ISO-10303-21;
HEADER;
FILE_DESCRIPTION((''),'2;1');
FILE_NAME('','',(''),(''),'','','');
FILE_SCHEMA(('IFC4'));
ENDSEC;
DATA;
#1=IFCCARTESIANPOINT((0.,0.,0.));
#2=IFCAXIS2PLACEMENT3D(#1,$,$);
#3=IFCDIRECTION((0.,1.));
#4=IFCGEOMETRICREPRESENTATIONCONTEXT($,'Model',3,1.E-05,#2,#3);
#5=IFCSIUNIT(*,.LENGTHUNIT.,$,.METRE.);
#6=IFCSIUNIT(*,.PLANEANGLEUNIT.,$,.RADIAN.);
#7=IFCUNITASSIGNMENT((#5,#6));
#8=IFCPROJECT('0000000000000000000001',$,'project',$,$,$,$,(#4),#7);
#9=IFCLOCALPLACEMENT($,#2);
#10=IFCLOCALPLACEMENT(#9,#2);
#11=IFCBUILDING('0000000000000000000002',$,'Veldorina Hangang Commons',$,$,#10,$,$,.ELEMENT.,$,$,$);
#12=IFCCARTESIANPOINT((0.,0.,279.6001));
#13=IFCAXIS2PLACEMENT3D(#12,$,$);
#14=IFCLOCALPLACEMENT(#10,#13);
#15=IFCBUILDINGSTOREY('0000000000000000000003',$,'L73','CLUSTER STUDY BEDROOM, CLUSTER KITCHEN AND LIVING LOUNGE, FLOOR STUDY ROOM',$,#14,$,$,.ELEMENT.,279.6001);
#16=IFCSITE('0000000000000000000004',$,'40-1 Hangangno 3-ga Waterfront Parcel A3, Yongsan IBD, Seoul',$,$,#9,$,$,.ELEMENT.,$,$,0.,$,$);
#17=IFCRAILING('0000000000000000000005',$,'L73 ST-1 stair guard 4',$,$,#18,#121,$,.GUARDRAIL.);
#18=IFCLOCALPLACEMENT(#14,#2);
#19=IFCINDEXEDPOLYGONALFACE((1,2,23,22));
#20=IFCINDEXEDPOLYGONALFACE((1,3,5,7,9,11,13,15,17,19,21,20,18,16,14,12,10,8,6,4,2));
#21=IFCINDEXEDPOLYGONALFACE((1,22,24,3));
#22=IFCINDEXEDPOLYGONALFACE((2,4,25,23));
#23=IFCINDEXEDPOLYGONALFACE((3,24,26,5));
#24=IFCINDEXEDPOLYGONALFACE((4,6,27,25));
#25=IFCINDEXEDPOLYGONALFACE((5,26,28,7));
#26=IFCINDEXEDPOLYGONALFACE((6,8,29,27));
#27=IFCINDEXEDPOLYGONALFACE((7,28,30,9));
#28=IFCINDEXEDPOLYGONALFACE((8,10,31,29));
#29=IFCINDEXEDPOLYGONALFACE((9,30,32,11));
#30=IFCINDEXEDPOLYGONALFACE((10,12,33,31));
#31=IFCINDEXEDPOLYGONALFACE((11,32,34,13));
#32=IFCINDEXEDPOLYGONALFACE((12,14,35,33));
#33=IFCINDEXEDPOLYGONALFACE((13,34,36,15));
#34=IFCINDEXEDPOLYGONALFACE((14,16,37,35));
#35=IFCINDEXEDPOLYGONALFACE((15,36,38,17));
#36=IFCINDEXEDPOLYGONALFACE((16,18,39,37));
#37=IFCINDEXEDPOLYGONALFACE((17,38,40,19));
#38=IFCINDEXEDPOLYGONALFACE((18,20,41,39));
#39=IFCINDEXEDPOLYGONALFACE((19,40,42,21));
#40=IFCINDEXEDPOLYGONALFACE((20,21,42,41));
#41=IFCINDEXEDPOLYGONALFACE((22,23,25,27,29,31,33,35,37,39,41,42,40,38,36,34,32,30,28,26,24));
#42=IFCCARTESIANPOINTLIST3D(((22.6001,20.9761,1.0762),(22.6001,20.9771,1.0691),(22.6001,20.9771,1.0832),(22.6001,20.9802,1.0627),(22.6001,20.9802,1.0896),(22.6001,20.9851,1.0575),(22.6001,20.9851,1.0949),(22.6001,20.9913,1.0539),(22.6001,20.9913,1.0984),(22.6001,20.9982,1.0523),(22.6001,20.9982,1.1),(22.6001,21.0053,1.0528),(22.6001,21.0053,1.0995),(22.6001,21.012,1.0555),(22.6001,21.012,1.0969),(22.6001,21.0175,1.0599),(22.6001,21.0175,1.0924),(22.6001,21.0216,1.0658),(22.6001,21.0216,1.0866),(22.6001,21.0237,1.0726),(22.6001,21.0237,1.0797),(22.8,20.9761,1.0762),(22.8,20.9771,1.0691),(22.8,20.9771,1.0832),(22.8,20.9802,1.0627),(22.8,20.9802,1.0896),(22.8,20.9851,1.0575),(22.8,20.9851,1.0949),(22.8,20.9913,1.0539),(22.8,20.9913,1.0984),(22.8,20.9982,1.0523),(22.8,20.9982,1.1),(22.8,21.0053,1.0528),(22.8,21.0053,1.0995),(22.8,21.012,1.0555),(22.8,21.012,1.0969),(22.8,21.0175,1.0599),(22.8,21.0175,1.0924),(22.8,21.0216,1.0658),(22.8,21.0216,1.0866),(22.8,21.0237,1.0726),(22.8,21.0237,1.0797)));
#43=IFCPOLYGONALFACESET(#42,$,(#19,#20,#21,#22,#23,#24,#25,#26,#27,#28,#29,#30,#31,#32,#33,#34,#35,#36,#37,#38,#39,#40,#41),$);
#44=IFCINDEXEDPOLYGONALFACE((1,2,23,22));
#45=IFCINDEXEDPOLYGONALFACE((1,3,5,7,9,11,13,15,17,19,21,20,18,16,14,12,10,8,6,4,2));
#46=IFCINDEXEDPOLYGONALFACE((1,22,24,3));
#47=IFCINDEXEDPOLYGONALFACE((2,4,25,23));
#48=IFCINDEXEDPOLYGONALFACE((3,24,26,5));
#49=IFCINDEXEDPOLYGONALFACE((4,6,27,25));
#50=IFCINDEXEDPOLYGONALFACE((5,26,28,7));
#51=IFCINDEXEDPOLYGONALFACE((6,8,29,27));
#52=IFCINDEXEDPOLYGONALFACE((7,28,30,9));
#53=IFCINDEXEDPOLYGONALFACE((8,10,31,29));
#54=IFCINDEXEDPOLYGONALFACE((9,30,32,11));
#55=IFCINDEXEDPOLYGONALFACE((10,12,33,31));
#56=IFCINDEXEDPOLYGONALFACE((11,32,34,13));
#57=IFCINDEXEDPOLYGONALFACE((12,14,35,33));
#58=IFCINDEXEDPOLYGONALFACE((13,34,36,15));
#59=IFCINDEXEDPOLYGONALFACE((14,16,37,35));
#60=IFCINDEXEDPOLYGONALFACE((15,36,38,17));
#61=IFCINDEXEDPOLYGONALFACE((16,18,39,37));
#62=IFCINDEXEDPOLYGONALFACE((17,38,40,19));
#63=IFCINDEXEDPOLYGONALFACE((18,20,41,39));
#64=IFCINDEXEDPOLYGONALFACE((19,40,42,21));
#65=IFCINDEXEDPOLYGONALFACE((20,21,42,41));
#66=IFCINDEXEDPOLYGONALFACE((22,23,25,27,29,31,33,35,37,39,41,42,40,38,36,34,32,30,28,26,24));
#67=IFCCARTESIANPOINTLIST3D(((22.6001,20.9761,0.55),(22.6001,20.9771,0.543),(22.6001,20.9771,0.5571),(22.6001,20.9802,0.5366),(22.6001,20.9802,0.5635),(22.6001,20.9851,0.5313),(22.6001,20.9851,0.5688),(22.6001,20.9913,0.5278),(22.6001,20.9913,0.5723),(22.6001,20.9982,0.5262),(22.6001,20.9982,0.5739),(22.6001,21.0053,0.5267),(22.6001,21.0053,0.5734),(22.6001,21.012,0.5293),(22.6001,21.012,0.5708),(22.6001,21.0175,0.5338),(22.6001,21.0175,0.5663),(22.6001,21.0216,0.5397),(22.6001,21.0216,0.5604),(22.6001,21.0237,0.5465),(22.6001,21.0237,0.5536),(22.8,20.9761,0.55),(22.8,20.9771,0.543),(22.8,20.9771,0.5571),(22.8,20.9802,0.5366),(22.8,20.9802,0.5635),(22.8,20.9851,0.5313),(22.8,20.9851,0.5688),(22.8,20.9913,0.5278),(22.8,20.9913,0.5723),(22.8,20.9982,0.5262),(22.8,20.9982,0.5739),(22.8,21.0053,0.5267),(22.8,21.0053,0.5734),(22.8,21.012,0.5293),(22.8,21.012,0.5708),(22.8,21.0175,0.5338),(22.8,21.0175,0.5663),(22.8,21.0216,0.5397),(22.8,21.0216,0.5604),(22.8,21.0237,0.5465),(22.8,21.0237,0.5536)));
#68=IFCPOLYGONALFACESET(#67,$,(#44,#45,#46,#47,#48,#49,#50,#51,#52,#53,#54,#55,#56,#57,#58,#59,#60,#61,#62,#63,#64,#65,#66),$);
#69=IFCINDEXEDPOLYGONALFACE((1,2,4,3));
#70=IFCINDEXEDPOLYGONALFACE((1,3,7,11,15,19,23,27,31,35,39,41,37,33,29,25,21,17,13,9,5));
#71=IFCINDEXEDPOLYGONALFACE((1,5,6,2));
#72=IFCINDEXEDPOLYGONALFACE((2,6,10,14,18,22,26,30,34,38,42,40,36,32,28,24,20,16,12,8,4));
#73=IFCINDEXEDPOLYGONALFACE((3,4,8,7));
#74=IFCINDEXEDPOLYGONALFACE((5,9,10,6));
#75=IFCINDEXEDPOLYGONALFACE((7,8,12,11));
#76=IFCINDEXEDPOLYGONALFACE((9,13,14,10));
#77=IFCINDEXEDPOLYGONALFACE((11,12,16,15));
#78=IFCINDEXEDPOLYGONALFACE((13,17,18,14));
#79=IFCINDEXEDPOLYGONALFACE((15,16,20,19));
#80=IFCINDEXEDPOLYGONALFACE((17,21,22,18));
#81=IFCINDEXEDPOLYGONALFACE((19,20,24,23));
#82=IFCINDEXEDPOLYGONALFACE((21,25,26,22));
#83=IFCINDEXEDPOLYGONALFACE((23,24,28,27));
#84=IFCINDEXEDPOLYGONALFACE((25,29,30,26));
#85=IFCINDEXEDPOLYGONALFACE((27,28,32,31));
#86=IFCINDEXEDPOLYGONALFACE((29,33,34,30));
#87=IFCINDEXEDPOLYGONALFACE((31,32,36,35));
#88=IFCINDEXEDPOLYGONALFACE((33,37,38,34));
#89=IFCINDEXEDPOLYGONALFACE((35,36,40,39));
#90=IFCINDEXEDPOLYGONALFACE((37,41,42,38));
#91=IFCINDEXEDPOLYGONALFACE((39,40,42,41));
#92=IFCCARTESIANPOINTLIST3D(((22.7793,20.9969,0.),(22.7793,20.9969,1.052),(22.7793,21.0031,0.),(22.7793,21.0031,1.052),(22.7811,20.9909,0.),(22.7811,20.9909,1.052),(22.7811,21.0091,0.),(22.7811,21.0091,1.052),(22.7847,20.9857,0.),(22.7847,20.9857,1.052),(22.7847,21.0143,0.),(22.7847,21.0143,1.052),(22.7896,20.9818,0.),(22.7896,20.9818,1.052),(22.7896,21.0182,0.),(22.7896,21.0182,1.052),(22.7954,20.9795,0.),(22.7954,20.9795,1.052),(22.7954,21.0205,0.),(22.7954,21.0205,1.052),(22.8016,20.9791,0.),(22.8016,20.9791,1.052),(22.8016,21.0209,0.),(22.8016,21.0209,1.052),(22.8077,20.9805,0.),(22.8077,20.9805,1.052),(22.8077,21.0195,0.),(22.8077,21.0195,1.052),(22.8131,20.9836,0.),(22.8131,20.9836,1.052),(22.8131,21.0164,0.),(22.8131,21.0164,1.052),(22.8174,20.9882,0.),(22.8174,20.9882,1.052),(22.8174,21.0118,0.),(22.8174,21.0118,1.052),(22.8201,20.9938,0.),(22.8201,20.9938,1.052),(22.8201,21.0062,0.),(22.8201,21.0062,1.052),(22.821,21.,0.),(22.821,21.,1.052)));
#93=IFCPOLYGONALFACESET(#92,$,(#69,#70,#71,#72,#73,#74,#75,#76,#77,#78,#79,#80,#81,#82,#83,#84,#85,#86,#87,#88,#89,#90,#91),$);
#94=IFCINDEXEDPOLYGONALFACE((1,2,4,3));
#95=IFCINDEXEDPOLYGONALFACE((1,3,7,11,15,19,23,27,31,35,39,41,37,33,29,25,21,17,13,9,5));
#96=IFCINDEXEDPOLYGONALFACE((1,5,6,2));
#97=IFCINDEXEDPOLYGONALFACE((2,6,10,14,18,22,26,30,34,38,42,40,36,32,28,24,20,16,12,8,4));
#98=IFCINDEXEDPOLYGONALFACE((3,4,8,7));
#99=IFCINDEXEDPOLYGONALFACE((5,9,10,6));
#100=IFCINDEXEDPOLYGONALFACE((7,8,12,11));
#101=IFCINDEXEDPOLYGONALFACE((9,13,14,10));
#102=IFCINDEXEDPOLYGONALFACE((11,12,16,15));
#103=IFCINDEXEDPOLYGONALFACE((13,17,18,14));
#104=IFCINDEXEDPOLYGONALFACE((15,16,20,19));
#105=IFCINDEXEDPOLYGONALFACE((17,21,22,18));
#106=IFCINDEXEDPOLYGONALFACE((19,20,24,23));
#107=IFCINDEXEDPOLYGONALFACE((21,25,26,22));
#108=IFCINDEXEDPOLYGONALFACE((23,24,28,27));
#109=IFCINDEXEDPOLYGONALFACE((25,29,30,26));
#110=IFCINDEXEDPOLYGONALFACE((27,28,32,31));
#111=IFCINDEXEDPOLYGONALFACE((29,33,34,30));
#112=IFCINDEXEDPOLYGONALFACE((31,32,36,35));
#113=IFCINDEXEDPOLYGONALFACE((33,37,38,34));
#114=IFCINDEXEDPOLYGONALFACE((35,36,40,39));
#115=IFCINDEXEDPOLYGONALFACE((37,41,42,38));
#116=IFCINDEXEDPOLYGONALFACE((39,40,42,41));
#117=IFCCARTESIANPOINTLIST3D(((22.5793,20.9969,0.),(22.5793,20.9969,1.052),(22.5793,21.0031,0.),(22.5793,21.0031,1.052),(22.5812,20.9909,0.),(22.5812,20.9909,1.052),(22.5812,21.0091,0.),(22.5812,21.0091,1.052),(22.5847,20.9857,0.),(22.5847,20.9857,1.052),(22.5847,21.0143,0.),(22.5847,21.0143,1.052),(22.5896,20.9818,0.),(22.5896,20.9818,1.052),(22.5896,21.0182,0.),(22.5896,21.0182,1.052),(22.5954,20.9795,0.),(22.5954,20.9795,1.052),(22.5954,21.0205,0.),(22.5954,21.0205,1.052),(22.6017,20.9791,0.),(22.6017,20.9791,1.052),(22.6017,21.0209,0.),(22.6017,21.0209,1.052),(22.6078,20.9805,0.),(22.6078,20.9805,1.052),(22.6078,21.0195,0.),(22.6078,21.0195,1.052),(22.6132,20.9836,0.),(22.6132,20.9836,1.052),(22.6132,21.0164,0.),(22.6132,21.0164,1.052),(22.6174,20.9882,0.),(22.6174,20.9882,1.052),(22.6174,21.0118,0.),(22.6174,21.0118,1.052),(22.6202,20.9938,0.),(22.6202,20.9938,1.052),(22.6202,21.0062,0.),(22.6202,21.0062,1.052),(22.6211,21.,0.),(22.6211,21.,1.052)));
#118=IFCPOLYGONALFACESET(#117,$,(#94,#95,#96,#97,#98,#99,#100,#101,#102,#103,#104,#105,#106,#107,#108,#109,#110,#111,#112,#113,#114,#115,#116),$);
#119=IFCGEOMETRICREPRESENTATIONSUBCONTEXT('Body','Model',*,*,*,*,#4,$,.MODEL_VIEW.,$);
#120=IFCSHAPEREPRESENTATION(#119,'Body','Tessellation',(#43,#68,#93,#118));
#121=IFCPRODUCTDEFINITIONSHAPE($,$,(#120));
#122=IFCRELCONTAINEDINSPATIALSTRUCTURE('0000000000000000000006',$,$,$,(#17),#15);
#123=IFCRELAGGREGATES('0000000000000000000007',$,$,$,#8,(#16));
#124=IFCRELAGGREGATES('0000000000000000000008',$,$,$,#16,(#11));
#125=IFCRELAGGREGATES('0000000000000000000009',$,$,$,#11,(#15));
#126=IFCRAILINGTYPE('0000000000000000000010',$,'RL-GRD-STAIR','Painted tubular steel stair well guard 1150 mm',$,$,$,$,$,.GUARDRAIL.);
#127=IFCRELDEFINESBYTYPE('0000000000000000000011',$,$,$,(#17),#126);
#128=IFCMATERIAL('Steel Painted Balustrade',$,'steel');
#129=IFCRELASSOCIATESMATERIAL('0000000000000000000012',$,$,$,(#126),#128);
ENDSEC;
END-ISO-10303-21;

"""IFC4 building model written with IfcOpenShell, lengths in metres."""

from ifc_helpers import new_model, si_unit, direction, frame, origin, origin_2d, place, context, subcontext, project, spatial, circle, extrude, material, type_object, element, save


model = new_model("IFC4")

# Units and contexts
model_context = context("Model", 3, precision=1e-05, world=origin(), true_north=direction((0.0, 1.0)))
body_context = subcontext(model_context, "Body", "Model", "MODEL_VIEW")
ifc_project = project(units=[si_unit("LENGTHUNIT", "METRE"), si_unit("PLANEANGLEUNIT", "RADIAN")], contexts=[model_context])

# Site, building, storey
site_placement = place(None, origin())
site = spatial("IfcSite", under=ifc_project, at=site_placement, Name="40-1 Hangangno 3-ga Waterfront Parcel A3, Yongsan IBD, Seoul", CompositionType="ELEMENT", RefElevation=0.0)
building_placement = place(site_placement, origin())
building = spatial("IfcBuilding", under=site, at=building_placement, Name="Veldorina Hangang Commons", CompositionType="ELEMENT")
storey_placement = place(building_placement, frame((0.0, 0.0, 279.6001)))
storey = spatial("IfcBuildingStorey", under=building, at=storey_placement, Name="L73", Description="CLUSTER STUDY BEDROOM, CLUSTER KITCHEN AND LIVING LOUNGE, FLOOR STUDY ROOM", CompositionType="ELEMENT", Elevation=279.6001)

# Railing
ifc_material_1 = material(Name="Steel Painted Balustrade", Category="steel")
railing_type_1 = type_object("IfcRailingType", Name="RL-GRD-STAIR", Description="Painted tubular steel stair well guard 1150 mm", PredefinedType="GUARDRAIL", material=ifc_material_1)
railing_1_placement = place(storey_placement, frame((22.8, 21.0, 0.0)))
element("IfcRailing", 1, at=railing_1_placement, inside=storey, type_object=railing_type_1, Name="L73 ST-1 stair guard 4", PredefinedType="GUARDRAIL", context=body_context, shape_type="SweptSolid", body=[
    extrude(circle(Radius=0.0239, at=origin_2d()), frame((0.0, 0.0, 1.0762), z_axis=(-1.0, 0.0, 0.0), x_axis=(0.0, -1.0, 0.0)), (0.0, 0.0, 1.0), 0.2),
    extrude(circle(Radius=0.0239, at=origin_2d()), frame((0.0, 0.0, 0.55), z_axis=(-1.0, 0.0, 0.0), x_axis=(0.0, -1.0, 0.0)), (0.0, 0.0, 1.0), 0.2),
    extrude(circle(Radius=0.021, at=origin_2d()), origin(), (0.0, 0.0, 1.0), 1.052),
    extrude(circle(Radius=0.021, at=origin_2d()), frame((-0.2, 0.0, 0.0)), (0.0, 0.0, 1.0), 1.052),
])

save(model, "model.ifc")
